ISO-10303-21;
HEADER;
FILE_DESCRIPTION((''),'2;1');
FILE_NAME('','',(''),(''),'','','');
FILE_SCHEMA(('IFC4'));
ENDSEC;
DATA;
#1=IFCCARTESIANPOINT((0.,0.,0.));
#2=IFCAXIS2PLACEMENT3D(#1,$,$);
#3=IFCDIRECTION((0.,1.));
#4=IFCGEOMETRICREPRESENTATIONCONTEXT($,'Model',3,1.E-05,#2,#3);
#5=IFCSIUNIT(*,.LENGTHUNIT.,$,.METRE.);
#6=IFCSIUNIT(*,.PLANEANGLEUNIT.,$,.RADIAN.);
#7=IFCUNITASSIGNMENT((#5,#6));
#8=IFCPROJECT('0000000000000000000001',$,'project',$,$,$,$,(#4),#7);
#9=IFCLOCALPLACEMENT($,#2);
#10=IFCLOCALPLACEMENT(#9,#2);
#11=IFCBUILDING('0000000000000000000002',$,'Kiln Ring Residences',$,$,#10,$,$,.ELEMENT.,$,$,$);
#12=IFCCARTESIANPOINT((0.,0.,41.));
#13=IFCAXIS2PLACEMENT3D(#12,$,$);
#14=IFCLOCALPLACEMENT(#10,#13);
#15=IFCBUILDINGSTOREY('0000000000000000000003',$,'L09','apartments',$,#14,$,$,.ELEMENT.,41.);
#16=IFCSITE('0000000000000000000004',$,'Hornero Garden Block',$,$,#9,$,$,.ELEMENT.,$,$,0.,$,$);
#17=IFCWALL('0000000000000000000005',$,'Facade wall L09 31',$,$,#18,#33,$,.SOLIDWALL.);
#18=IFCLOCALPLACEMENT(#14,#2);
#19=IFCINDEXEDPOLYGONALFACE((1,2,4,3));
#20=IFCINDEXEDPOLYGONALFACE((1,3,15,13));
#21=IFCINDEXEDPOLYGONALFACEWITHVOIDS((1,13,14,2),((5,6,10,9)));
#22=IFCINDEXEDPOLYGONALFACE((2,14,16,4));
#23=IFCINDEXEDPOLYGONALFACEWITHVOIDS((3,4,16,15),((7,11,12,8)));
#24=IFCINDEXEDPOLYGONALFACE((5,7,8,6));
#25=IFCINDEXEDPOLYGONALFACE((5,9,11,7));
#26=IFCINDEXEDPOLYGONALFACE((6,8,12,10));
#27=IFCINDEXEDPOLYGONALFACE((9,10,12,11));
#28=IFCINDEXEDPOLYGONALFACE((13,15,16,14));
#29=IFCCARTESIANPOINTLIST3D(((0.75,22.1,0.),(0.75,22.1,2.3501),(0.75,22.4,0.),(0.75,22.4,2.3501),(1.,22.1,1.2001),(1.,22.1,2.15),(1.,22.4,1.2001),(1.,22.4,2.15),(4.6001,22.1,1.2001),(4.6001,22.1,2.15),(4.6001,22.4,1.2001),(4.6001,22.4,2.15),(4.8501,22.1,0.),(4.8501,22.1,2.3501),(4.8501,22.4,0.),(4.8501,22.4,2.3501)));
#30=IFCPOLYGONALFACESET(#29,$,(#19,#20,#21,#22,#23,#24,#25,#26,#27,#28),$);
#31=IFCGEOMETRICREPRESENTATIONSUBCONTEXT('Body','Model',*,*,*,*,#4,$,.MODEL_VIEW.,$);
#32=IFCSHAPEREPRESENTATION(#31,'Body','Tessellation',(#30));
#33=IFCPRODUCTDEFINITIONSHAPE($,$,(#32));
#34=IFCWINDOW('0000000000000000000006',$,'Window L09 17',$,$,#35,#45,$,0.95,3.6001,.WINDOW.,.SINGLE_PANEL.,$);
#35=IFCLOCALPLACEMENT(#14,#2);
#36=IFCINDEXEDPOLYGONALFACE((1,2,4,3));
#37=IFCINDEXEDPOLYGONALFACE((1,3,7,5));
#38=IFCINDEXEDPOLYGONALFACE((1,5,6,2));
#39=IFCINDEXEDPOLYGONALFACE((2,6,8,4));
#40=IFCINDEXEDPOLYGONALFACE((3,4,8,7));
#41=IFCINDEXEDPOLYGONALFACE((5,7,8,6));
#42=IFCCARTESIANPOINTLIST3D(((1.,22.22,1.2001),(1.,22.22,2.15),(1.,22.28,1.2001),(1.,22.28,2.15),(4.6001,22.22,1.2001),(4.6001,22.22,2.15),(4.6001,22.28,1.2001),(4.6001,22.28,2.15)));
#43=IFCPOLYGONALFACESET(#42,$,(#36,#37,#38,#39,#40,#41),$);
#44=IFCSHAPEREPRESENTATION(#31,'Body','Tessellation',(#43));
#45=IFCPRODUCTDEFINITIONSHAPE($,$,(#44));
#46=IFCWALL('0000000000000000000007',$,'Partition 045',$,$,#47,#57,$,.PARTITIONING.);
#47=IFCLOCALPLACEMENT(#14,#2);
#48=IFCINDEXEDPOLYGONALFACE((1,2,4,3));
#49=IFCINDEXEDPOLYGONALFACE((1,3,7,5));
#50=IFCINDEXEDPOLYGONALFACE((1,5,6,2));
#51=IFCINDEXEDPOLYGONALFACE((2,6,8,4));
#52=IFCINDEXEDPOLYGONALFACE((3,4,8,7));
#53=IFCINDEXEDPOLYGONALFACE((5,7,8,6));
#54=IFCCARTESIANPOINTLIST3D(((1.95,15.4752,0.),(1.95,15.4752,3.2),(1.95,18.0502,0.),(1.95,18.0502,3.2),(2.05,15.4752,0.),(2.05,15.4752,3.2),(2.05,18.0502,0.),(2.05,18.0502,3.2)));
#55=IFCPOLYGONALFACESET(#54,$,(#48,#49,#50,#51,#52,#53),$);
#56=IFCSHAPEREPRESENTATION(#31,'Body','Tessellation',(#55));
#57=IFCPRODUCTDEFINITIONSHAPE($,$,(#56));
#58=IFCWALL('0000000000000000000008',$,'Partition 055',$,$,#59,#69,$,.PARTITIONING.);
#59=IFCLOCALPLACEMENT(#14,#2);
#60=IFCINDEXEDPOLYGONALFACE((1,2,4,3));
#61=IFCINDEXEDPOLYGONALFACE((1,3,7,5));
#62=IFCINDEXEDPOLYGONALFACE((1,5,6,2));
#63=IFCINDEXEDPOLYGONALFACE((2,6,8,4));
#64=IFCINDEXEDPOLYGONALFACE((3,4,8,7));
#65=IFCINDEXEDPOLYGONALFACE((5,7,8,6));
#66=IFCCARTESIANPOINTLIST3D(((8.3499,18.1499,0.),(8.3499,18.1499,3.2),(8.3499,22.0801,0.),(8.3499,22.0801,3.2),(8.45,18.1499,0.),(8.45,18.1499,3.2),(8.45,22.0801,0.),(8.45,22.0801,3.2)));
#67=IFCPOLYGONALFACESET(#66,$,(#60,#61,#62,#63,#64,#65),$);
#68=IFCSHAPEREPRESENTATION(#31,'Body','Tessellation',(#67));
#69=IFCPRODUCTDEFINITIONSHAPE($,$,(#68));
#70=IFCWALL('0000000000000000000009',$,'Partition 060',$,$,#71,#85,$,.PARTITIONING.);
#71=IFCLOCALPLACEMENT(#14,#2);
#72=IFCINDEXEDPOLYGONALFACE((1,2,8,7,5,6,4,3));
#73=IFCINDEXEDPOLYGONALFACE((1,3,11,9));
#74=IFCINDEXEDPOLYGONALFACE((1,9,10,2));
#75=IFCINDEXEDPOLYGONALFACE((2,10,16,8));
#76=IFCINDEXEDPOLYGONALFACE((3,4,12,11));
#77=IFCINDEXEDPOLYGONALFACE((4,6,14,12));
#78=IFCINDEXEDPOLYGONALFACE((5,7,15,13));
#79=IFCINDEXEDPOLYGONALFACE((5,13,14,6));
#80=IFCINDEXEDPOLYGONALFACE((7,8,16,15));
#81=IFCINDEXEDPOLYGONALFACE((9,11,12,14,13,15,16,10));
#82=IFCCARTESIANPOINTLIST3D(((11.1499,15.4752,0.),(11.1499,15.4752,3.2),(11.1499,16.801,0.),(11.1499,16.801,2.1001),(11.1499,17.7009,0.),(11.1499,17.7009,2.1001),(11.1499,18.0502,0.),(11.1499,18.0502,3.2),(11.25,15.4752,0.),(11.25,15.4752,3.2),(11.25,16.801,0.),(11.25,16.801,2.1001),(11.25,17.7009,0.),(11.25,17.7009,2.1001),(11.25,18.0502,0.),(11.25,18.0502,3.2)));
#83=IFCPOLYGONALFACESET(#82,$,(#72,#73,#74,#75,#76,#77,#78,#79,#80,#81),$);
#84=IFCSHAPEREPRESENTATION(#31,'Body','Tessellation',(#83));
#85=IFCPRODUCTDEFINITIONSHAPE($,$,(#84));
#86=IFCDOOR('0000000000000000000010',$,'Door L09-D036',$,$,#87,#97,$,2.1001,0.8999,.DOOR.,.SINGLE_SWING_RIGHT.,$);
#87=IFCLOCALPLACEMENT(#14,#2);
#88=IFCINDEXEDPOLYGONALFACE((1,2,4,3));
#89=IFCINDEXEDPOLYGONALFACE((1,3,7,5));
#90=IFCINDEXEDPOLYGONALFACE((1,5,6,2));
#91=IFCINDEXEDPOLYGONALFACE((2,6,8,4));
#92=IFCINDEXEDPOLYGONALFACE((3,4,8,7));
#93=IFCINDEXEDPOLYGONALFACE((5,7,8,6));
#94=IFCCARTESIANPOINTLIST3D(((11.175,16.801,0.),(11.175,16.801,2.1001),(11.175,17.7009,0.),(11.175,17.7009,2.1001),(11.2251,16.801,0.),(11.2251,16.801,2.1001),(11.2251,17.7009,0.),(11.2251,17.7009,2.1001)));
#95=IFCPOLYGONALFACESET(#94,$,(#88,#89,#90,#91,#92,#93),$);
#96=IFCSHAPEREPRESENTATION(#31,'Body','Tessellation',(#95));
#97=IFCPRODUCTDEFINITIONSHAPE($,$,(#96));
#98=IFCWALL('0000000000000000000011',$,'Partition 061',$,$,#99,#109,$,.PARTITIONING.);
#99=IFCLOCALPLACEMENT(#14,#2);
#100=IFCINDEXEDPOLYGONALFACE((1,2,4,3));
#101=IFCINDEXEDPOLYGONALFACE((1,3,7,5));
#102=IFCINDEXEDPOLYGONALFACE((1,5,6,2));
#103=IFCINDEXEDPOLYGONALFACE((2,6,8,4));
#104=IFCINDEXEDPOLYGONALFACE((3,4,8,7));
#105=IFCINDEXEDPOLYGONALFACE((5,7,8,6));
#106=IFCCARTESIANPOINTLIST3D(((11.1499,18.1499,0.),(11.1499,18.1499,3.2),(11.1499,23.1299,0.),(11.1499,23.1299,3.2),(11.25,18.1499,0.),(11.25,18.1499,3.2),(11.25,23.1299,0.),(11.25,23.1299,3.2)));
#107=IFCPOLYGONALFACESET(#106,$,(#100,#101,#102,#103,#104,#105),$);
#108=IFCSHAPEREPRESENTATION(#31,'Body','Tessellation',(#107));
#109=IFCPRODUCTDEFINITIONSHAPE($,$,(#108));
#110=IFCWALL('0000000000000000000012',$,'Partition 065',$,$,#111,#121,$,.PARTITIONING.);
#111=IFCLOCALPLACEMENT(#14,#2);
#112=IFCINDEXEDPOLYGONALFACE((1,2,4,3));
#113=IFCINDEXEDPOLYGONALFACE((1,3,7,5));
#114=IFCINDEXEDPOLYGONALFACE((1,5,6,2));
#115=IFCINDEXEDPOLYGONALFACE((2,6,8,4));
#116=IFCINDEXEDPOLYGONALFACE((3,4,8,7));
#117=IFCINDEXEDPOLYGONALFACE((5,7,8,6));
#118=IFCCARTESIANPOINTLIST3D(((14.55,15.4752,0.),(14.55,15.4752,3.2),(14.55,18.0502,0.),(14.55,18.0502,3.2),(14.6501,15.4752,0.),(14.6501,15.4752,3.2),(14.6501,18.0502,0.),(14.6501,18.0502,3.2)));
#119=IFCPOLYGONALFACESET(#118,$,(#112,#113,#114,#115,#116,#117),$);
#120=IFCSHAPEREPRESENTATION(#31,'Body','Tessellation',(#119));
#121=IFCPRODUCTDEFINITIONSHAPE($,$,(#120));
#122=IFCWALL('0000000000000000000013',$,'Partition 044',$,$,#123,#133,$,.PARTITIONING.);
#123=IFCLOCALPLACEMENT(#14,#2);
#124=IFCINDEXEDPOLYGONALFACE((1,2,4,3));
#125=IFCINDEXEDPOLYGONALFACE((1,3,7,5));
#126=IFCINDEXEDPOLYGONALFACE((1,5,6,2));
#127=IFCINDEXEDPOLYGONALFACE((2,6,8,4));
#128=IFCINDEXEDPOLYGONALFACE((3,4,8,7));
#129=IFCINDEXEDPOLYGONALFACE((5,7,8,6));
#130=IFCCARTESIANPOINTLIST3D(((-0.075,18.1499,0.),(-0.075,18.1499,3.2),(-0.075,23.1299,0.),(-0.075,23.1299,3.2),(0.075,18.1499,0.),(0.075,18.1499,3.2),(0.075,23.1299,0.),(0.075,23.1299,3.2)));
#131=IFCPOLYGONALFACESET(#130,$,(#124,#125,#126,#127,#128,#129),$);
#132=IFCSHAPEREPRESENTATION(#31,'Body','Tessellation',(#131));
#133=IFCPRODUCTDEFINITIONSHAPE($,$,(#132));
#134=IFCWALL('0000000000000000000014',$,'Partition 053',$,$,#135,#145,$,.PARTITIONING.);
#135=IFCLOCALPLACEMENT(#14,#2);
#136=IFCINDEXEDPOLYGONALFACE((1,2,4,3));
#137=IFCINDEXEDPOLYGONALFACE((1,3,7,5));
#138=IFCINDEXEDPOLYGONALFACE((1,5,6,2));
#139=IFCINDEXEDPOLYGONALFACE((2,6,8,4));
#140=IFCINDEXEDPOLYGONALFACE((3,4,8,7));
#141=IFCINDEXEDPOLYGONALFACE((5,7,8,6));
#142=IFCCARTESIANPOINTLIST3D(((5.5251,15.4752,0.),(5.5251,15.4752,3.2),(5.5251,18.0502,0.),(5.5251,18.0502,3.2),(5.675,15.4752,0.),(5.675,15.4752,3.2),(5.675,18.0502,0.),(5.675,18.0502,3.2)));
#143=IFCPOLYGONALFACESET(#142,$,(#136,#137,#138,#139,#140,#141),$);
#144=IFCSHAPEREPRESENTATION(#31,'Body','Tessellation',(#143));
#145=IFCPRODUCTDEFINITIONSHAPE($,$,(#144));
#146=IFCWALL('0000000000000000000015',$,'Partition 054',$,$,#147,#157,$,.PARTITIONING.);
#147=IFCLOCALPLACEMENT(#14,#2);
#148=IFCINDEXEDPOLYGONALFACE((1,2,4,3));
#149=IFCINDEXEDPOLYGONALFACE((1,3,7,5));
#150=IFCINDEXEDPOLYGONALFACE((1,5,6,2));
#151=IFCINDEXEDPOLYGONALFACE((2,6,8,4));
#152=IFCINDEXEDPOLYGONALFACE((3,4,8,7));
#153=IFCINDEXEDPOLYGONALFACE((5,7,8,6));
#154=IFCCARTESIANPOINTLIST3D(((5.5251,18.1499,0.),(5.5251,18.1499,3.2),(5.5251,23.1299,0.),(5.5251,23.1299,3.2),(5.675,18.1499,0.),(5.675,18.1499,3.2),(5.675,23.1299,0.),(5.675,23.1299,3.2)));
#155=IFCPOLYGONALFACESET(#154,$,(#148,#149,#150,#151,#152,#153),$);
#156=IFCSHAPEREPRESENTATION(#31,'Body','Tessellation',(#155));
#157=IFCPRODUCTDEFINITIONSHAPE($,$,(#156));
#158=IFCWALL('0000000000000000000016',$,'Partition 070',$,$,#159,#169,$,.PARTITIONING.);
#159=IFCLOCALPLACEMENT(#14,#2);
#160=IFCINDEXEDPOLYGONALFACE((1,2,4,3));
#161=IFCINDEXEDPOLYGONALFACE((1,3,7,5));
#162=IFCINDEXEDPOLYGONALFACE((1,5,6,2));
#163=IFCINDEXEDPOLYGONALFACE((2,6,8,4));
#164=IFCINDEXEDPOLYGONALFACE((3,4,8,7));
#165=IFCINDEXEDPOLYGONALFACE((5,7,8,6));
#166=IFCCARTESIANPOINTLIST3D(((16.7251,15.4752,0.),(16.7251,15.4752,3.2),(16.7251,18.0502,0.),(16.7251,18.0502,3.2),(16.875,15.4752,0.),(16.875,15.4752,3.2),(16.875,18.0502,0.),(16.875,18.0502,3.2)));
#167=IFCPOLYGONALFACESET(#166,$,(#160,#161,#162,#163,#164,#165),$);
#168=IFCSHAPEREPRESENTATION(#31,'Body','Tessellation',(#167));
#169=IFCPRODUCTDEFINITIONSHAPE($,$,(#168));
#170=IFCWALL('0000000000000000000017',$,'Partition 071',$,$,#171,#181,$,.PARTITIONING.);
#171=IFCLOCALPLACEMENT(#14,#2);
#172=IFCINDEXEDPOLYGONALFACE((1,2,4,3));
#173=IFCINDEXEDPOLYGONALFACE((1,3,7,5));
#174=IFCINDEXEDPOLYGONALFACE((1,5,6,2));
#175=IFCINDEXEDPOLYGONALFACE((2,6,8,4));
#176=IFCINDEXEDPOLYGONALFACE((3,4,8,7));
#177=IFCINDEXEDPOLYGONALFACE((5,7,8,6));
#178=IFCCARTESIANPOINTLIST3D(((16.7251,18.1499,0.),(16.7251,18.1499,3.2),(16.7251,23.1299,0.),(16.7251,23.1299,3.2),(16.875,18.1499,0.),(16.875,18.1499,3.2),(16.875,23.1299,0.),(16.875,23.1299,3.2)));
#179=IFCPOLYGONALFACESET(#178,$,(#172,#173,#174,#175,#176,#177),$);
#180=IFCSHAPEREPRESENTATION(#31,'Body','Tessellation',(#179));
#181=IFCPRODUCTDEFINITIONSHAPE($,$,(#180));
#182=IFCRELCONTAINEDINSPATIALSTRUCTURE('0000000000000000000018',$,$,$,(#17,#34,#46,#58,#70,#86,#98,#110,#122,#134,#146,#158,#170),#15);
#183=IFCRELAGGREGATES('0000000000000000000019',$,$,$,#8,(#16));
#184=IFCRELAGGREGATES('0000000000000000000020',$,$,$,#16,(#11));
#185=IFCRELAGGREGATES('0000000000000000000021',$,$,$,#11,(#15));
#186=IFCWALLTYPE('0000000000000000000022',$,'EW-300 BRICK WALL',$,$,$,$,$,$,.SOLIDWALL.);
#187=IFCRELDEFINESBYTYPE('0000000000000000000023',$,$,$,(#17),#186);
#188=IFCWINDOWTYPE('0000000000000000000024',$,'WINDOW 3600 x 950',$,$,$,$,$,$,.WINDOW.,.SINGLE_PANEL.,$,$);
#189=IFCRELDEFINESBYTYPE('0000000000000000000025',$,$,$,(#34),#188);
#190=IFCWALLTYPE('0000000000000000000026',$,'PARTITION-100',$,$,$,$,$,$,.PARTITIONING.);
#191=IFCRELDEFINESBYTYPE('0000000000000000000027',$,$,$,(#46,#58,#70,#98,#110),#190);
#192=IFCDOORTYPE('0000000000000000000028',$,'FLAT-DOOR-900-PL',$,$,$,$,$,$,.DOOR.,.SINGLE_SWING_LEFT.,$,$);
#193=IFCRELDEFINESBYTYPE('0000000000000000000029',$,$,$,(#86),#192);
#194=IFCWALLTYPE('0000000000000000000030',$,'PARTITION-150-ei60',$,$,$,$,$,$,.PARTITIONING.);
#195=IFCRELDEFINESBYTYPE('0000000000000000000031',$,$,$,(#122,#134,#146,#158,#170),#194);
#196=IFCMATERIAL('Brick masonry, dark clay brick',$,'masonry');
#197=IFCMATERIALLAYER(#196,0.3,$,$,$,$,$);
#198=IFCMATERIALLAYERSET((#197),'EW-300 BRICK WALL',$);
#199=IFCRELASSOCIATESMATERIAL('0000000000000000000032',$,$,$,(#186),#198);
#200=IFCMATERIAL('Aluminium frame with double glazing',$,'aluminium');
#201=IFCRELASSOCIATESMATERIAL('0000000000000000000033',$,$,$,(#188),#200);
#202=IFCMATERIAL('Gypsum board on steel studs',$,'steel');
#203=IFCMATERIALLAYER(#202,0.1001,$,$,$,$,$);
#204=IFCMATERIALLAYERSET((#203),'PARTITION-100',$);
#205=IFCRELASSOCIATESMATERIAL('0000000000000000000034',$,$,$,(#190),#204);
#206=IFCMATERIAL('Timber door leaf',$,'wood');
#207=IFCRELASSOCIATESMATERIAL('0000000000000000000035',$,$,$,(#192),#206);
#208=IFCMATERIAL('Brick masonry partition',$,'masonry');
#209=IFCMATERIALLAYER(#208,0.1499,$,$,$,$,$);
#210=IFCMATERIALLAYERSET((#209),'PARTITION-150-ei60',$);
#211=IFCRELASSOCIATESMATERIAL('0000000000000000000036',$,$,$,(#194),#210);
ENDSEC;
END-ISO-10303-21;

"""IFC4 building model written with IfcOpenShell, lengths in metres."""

from ifc_helpers import new_model, si_unit, direction, frame, frame_2d, origin, place, context, subcontext, project, spatial, rectangle, extrude, material, layer, layer_set, type_object, element, fill, save


model = new_model("IFC4")

# Units and contexts
model_context = context("Model", 3, precision=1e-05, world=origin(), true_north=direction((0.0, 1.0)))
body_context = subcontext(model_context, "Body", "Model", "MODEL_VIEW")
ifc_project = project(units=[si_unit("LENGTHUNIT", "METRE"), si_unit("PLANEANGLEUNIT", "RADIAN")], contexts=[model_context])

# Site, building, storey
site_placement = place(None, origin())
site = spatial("IfcSite", under=ifc_project, at=site_placement, Name="Hornero Garden Block", CompositionType="ELEMENT", RefElevation=0.0)
building_placement = place(site_placement, origin())
building = spatial("IfcBuilding", under=site, at=building_placement, Name="Kiln Ring Residences", CompositionType="ELEMENT")
storey_placement = place(building_placement, frame((0.0, 0.0, 41.0)))
storey = spatial("IfcBuildingStorey", under=building, at=storey_placement, Name="L09", Description="apartments", CompositionType="ELEMENT", Elevation=41.0)

# Shared definitions
ifc_material_1 = material(Name="Brick masonry, dark clay brick", Category="masonry")
ifc_layer_1 = layer(ifc_material_1, 0.3)
ifc_layer_set_1 = layer_set([ifc_layer_1], Name="EW-300 BRICK WALL")
wall_type_1 = type_object("IfcWallType", Name="EW-300 BRICK WALL", PredefinedType="SOLIDWALL", material=ifc_layer_set_1)
ifc_material_2 = material(Name="Aluminium frame with double glazing", Category="aluminium")
window_type_1 = type_object("IfcWindowType", Name="WINDOW 3600 x 950", PartitioningType="SINGLE_PANEL", PredefinedType="WINDOW", material=ifc_material_2)

# Wall, opening, window
wall_1_placement = place(storey_placement, frame((4.8501, 22.25, 0.0), z_axis=(0.0, 0.0, 1.0), x_axis=(-1.0, 0.0, 0.0)))
wall_1 = element("IfcWall", 1, at=wall_1_placement, inside=storey, type_object=wall_type_1, Name="Facade wall L09 31", PredefinedType="SOLIDWALL", context=body_context, shape_type="SweptSolid", body=[
    extrude(rectangle(XDim=4.1001, YDim=0.3, at=frame_2d((2.05, 0.0))), origin(), (0.0, 0.0, 1.0), 2.3501),
])
opening_1_placement = place(wall_1_placement, frame((0.25, 0.0, 1.2)))
opening_1 = element("IfcOpeningElement", 2, at=opening_1_placement, cuts=wall_1, PredefinedType="OPENING", context=body_context, shape_type="SweptSolid", body=[
    extrude(rectangle(XDim=3.6001, YDim=0.95, at=frame_2d((1.8, 0.4751))), frame((0.0, 0.1599, 0.0), z_axis=(0.0, -1.0, 0.0), x_axis=(1.0, 0.0, 0.0)), (0.0, 0.0, 1.0), 0.3201),
])
window_1_placement = place(opening_1_placement, origin())
window_1 = element("IfcWindow", 3, at=window_1_placement, inside=storey, type_object=window_type_1, Name="Window L09 17", OverallHeight=0.95, OverallWidth=3.6001, PartitioningType="SINGLE_PANEL", PredefinedType="WINDOW", context=body_context, shape_type="SweptSolid", body=[
    extrude(rectangle(XDim=3.6001, YDim=0.95, at=frame_2d((1.8, 0.4751))), frame((0.0, 0.03, 0.0), z_axis=(0.0, -1.0, 0.0), x_axis=(1.0, 0.0, 0.0)), (0.0, 0.0, 1.0), 0.0601),
])
fill(opening_1, window_1)

# Walls
ifc_material_3 = material(Name="Gypsum board on steel studs", Category="steel")
ifc_layer_2 = layer(ifc_material_3, 0.1001)
ifc_layer_set_2 = layer_set([ifc_layer_2], Name="PARTITION-100")
wall_type_2 = type_object("IfcWallType", Name="PARTITION-100", PredefinedType="PARTITIONING", material=ifc_layer_set_2)
wall_2_placement = place(storey_placement, frame((2.0, 15.4751, 0.0), z_axis=(0.0, 0.0, 1.0), x_axis=(0.0, 1.0, 0.0)))
element("IfcWall", 4, at=wall_2_placement, inside=storey, type_object=wall_type_2, Name="Partition 045", PredefinedType="PARTITIONING", context=body_context, shape_type="SweptSolid", body=[
    extrude(rectangle(XDim=2.575, YDim=0.1001, at=frame_2d((1.2876, 0.0))), origin(), (0.0, 0.0, 1.0), 3.2),
])
wall_3_placement = place(storey_placement, frame((8.3999, 18.1499, 0.0), z_axis=(0.0, 0.0, 1.0), x_axis=(0.0, 1.0, 0.0)))
element("IfcWall", 5, at=wall_3_placement, inside=storey, type_object=wall_type_2, Name="Partition 055", PredefinedType="PARTITIONING", context=body_context, shape_type="SweptSolid", body=[
    extrude(rectangle(XDim=3.9302, YDim=0.1001, at=frame_2d((1.9651, 0.0))), origin(), (0.0, 0.0, 1.0), 3.2),
])

# Wall, opening, door
wall_4_placement = place(storey_placement, frame((11.2, 15.4751, 0.0), z_axis=(0.0, 0.0, 1.0), x_axis=(0.0, 1.0, 0.0)))
wall_4 = element("IfcWall", 6, at=wall_4_placement, inside=storey, type_object=wall_type_2, Name="Partition 060", PredefinedType="PARTITIONING", context=body_context, shape_type="SweptSolid", body=[
    extrude(rectangle(XDim=2.575, YDim=0.1001, at=frame_2d((1.2876, 0.0))), origin(), (0.0, 0.0, 1.0), 3.2),
])
opening_2_placement = place(wall_4_placement, frame((1.3259, 0.0, 0.0)))
opening_2 = element("IfcOpeningElement", 7, at=opening_2_placement, cuts=wall_4, PredefinedType="OPENING", context=body_context, shape_type="SweptSolid", body=[
    extrude(rectangle(XDim=0.8999, YDim=2.1001, at=frame_2d((0.45, 1.05))), frame((0.0, 0.0601, 0.0), z_axis=(0.0, -1.0, 0.0), x_axis=(1.0, 0.0, 0.0)), (0.0, 0.0, 1.0), 0.1201),
])
ifc_material_4 = material(Name="Timber door leaf", Category="wood")
door_type = type_object("IfcDoorType", Name="FLAT-DOOR-900-PL", OperationType="SINGLE_SWING_LEFT", PredefinedType="DOOR", material=ifc_material_4)
door_placement = place(opening_2_placement, origin())
door = element("IfcDoor", 8, at=door_placement, inside=storey, type_object=door_type, Name="Door L09-D036", OperationType="SINGLE_SWING_RIGHT", OverallHeight=2.1001, OverallWidth=0.8999, PredefinedType="DOOR", context=body_context, shape_type="SweptSolid", body=[
    extrude(rectangle(XDim=0.8999, YDim=2.1001, at=frame_2d((0.45, 1.05))), frame((0.0, 0.0249, 0.0), z_axis=(0.0, -1.0, 0.0), x_axis=(1.0, 0.0, 0.0)), (0.0, 0.0, 1.0), 0.05),
])
fill(opening_2, door)

# Walls
wall_5_placement = place(storey_placement, frame((11.2, 18.1499, 0.0), z_axis=(0.0, 0.0, 1.0), x_axis=(0.0, 1.0, 0.0)))
element("IfcWall", 9, at=wall_5_placement, inside=storey, type_object=wall_type_2, Name="Partition 061", PredefinedType="PARTITIONING", context=body_context, shape_type="SweptSolid", body=[
    extrude(rectangle(XDim=4.98, YDim=0.1001, at=frame_2d((2.49, 0.0))), origin(), (0.0, 0.0, 1.0), 3.2),
])
wall_6_placement = place(storey_placement, frame((14.6001, 15.4751, 0.0), z_axis=(0.0, 0.0, 1.0), x_axis=(0.0, 1.0, 0.0)))
element("IfcWall", 10, at=wall_6_placement, inside=storey, type_object=wall_type_2, Name="Partition 065", PredefinedType="PARTITIONING", context=body_context, shape_type="SweptSolid", body=[
    extrude(rectangle(XDim=2.575, YDim=0.1001, at=frame_2d((1.2876, 0.0))), origin(), (0.0, 0.0, 1.0), 3.2),
])
ifc_material_5 = material(Name="Brick masonry partition", Category="masonry")
ifc_layer_3 = layer(ifc_material_5, 0.1499)
ifc_layer_set_3 = layer_set([ifc_layer_3], Name="PARTITION-150-ei60")
wall_type_3 = type_object("IfcWallType", Name="PARTITION-150-ei60", PredefinedType="PARTITIONING", material=ifc_layer_set_3)
wall_7_placement = place(storey_placement, frame((0.0, 18.1499, 0.0), z_axis=(0.0, 0.0, 1.0), x_axis=(0.0, 1.0, 0.0)))
element("IfcWall", 11, at=wall_7_placement, inside=storey, type_object=wall_type_3, Name="Partition 044", PredefinedType="PARTITIONING", context=body_context, shape_type="SweptSolid", body=[
    extrude(rectangle(XDim=4.98, YDim=0.1499, at=frame_2d((2.49, 0.0))), origin(), (0.0, 0.0, 1.0), 3.2),
])
wall_8_placement = place(storey_placement, frame((5.6001, 15.4751, 0.0), z_axis=(0.0, 0.0, 1.0), x_axis=(0.0, 1.0, 0.0)))
element("IfcWall", 12, at=wall_8_placement, inside=storey, type_object=wall_type_3, Name="Partition 053", PredefinedType="PARTITIONING", context=body_context, shape_type="SweptSolid", body=[
    extrude(rectangle(XDim=2.575, YDim=0.1499, at=frame_2d((1.2876, 0.0))), origin(), (0.0, 0.0, 1.0), 3.2),
])
wall_9_placement = place(storey_placement, frame((5.6001, 18.1499, 0.0), z_axis=(0.0, 0.0, 1.0), x_axis=(0.0, 1.0, 0.0)))
element("IfcWall", 13, at=wall_9_placement, inside=storey, type_object=wall_type_3, Name="Partition 054", PredefinedType="PARTITIONING", context=body_context, shape_type="SweptSolid", body=[
    extrude(rectangle(XDim=4.98, YDim=0.1499, at=frame_2d((2.49, 0.0))), origin(), (0.0, 0.0, 1.0), 3.2),
])
wall_10_placement = place(storey_placement, frame((16.8, 15.4751, 0.0), z_axis=(0.0, 0.0, 1.0), x_axis=(0.0, 1.0, 0.0)))
element("IfcWall", 14, at=wall_10_placement, inside=storey, type_object=wall_type_3, Name="Partition 070", PredefinedType="PARTITIONING", context=body_context, shape_type="SweptSolid", body=[
    extrude(rectangle(XDim=2.575, YDim=0.1499, at=frame_2d((1.2876, 0.0))), origin(), (0.0, 0.0, 1.0), 3.2),
])
wall_11_placement = place(storey_placement, frame((16.8, 18.1499, 0.0), z_axis=(0.0, 0.0, 1.0), x_axis=(0.0, 1.0, 0.0)))
element("IfcWall", 15, at=wall_11_placement, inside=storey, type_object=wall_type_3, Name="Partition 071", PredefinedType="PARTITIONING", context=body_context, shape_type="SweptSolid", body=[
    extrude(rectangle(XDim=4.98, YDim=0.1499, at=frame_2d((2.49, 0.0))), origin(), (0.0, 0.0, 1.0), 3.2),
])

save(model, "model.ifc")
